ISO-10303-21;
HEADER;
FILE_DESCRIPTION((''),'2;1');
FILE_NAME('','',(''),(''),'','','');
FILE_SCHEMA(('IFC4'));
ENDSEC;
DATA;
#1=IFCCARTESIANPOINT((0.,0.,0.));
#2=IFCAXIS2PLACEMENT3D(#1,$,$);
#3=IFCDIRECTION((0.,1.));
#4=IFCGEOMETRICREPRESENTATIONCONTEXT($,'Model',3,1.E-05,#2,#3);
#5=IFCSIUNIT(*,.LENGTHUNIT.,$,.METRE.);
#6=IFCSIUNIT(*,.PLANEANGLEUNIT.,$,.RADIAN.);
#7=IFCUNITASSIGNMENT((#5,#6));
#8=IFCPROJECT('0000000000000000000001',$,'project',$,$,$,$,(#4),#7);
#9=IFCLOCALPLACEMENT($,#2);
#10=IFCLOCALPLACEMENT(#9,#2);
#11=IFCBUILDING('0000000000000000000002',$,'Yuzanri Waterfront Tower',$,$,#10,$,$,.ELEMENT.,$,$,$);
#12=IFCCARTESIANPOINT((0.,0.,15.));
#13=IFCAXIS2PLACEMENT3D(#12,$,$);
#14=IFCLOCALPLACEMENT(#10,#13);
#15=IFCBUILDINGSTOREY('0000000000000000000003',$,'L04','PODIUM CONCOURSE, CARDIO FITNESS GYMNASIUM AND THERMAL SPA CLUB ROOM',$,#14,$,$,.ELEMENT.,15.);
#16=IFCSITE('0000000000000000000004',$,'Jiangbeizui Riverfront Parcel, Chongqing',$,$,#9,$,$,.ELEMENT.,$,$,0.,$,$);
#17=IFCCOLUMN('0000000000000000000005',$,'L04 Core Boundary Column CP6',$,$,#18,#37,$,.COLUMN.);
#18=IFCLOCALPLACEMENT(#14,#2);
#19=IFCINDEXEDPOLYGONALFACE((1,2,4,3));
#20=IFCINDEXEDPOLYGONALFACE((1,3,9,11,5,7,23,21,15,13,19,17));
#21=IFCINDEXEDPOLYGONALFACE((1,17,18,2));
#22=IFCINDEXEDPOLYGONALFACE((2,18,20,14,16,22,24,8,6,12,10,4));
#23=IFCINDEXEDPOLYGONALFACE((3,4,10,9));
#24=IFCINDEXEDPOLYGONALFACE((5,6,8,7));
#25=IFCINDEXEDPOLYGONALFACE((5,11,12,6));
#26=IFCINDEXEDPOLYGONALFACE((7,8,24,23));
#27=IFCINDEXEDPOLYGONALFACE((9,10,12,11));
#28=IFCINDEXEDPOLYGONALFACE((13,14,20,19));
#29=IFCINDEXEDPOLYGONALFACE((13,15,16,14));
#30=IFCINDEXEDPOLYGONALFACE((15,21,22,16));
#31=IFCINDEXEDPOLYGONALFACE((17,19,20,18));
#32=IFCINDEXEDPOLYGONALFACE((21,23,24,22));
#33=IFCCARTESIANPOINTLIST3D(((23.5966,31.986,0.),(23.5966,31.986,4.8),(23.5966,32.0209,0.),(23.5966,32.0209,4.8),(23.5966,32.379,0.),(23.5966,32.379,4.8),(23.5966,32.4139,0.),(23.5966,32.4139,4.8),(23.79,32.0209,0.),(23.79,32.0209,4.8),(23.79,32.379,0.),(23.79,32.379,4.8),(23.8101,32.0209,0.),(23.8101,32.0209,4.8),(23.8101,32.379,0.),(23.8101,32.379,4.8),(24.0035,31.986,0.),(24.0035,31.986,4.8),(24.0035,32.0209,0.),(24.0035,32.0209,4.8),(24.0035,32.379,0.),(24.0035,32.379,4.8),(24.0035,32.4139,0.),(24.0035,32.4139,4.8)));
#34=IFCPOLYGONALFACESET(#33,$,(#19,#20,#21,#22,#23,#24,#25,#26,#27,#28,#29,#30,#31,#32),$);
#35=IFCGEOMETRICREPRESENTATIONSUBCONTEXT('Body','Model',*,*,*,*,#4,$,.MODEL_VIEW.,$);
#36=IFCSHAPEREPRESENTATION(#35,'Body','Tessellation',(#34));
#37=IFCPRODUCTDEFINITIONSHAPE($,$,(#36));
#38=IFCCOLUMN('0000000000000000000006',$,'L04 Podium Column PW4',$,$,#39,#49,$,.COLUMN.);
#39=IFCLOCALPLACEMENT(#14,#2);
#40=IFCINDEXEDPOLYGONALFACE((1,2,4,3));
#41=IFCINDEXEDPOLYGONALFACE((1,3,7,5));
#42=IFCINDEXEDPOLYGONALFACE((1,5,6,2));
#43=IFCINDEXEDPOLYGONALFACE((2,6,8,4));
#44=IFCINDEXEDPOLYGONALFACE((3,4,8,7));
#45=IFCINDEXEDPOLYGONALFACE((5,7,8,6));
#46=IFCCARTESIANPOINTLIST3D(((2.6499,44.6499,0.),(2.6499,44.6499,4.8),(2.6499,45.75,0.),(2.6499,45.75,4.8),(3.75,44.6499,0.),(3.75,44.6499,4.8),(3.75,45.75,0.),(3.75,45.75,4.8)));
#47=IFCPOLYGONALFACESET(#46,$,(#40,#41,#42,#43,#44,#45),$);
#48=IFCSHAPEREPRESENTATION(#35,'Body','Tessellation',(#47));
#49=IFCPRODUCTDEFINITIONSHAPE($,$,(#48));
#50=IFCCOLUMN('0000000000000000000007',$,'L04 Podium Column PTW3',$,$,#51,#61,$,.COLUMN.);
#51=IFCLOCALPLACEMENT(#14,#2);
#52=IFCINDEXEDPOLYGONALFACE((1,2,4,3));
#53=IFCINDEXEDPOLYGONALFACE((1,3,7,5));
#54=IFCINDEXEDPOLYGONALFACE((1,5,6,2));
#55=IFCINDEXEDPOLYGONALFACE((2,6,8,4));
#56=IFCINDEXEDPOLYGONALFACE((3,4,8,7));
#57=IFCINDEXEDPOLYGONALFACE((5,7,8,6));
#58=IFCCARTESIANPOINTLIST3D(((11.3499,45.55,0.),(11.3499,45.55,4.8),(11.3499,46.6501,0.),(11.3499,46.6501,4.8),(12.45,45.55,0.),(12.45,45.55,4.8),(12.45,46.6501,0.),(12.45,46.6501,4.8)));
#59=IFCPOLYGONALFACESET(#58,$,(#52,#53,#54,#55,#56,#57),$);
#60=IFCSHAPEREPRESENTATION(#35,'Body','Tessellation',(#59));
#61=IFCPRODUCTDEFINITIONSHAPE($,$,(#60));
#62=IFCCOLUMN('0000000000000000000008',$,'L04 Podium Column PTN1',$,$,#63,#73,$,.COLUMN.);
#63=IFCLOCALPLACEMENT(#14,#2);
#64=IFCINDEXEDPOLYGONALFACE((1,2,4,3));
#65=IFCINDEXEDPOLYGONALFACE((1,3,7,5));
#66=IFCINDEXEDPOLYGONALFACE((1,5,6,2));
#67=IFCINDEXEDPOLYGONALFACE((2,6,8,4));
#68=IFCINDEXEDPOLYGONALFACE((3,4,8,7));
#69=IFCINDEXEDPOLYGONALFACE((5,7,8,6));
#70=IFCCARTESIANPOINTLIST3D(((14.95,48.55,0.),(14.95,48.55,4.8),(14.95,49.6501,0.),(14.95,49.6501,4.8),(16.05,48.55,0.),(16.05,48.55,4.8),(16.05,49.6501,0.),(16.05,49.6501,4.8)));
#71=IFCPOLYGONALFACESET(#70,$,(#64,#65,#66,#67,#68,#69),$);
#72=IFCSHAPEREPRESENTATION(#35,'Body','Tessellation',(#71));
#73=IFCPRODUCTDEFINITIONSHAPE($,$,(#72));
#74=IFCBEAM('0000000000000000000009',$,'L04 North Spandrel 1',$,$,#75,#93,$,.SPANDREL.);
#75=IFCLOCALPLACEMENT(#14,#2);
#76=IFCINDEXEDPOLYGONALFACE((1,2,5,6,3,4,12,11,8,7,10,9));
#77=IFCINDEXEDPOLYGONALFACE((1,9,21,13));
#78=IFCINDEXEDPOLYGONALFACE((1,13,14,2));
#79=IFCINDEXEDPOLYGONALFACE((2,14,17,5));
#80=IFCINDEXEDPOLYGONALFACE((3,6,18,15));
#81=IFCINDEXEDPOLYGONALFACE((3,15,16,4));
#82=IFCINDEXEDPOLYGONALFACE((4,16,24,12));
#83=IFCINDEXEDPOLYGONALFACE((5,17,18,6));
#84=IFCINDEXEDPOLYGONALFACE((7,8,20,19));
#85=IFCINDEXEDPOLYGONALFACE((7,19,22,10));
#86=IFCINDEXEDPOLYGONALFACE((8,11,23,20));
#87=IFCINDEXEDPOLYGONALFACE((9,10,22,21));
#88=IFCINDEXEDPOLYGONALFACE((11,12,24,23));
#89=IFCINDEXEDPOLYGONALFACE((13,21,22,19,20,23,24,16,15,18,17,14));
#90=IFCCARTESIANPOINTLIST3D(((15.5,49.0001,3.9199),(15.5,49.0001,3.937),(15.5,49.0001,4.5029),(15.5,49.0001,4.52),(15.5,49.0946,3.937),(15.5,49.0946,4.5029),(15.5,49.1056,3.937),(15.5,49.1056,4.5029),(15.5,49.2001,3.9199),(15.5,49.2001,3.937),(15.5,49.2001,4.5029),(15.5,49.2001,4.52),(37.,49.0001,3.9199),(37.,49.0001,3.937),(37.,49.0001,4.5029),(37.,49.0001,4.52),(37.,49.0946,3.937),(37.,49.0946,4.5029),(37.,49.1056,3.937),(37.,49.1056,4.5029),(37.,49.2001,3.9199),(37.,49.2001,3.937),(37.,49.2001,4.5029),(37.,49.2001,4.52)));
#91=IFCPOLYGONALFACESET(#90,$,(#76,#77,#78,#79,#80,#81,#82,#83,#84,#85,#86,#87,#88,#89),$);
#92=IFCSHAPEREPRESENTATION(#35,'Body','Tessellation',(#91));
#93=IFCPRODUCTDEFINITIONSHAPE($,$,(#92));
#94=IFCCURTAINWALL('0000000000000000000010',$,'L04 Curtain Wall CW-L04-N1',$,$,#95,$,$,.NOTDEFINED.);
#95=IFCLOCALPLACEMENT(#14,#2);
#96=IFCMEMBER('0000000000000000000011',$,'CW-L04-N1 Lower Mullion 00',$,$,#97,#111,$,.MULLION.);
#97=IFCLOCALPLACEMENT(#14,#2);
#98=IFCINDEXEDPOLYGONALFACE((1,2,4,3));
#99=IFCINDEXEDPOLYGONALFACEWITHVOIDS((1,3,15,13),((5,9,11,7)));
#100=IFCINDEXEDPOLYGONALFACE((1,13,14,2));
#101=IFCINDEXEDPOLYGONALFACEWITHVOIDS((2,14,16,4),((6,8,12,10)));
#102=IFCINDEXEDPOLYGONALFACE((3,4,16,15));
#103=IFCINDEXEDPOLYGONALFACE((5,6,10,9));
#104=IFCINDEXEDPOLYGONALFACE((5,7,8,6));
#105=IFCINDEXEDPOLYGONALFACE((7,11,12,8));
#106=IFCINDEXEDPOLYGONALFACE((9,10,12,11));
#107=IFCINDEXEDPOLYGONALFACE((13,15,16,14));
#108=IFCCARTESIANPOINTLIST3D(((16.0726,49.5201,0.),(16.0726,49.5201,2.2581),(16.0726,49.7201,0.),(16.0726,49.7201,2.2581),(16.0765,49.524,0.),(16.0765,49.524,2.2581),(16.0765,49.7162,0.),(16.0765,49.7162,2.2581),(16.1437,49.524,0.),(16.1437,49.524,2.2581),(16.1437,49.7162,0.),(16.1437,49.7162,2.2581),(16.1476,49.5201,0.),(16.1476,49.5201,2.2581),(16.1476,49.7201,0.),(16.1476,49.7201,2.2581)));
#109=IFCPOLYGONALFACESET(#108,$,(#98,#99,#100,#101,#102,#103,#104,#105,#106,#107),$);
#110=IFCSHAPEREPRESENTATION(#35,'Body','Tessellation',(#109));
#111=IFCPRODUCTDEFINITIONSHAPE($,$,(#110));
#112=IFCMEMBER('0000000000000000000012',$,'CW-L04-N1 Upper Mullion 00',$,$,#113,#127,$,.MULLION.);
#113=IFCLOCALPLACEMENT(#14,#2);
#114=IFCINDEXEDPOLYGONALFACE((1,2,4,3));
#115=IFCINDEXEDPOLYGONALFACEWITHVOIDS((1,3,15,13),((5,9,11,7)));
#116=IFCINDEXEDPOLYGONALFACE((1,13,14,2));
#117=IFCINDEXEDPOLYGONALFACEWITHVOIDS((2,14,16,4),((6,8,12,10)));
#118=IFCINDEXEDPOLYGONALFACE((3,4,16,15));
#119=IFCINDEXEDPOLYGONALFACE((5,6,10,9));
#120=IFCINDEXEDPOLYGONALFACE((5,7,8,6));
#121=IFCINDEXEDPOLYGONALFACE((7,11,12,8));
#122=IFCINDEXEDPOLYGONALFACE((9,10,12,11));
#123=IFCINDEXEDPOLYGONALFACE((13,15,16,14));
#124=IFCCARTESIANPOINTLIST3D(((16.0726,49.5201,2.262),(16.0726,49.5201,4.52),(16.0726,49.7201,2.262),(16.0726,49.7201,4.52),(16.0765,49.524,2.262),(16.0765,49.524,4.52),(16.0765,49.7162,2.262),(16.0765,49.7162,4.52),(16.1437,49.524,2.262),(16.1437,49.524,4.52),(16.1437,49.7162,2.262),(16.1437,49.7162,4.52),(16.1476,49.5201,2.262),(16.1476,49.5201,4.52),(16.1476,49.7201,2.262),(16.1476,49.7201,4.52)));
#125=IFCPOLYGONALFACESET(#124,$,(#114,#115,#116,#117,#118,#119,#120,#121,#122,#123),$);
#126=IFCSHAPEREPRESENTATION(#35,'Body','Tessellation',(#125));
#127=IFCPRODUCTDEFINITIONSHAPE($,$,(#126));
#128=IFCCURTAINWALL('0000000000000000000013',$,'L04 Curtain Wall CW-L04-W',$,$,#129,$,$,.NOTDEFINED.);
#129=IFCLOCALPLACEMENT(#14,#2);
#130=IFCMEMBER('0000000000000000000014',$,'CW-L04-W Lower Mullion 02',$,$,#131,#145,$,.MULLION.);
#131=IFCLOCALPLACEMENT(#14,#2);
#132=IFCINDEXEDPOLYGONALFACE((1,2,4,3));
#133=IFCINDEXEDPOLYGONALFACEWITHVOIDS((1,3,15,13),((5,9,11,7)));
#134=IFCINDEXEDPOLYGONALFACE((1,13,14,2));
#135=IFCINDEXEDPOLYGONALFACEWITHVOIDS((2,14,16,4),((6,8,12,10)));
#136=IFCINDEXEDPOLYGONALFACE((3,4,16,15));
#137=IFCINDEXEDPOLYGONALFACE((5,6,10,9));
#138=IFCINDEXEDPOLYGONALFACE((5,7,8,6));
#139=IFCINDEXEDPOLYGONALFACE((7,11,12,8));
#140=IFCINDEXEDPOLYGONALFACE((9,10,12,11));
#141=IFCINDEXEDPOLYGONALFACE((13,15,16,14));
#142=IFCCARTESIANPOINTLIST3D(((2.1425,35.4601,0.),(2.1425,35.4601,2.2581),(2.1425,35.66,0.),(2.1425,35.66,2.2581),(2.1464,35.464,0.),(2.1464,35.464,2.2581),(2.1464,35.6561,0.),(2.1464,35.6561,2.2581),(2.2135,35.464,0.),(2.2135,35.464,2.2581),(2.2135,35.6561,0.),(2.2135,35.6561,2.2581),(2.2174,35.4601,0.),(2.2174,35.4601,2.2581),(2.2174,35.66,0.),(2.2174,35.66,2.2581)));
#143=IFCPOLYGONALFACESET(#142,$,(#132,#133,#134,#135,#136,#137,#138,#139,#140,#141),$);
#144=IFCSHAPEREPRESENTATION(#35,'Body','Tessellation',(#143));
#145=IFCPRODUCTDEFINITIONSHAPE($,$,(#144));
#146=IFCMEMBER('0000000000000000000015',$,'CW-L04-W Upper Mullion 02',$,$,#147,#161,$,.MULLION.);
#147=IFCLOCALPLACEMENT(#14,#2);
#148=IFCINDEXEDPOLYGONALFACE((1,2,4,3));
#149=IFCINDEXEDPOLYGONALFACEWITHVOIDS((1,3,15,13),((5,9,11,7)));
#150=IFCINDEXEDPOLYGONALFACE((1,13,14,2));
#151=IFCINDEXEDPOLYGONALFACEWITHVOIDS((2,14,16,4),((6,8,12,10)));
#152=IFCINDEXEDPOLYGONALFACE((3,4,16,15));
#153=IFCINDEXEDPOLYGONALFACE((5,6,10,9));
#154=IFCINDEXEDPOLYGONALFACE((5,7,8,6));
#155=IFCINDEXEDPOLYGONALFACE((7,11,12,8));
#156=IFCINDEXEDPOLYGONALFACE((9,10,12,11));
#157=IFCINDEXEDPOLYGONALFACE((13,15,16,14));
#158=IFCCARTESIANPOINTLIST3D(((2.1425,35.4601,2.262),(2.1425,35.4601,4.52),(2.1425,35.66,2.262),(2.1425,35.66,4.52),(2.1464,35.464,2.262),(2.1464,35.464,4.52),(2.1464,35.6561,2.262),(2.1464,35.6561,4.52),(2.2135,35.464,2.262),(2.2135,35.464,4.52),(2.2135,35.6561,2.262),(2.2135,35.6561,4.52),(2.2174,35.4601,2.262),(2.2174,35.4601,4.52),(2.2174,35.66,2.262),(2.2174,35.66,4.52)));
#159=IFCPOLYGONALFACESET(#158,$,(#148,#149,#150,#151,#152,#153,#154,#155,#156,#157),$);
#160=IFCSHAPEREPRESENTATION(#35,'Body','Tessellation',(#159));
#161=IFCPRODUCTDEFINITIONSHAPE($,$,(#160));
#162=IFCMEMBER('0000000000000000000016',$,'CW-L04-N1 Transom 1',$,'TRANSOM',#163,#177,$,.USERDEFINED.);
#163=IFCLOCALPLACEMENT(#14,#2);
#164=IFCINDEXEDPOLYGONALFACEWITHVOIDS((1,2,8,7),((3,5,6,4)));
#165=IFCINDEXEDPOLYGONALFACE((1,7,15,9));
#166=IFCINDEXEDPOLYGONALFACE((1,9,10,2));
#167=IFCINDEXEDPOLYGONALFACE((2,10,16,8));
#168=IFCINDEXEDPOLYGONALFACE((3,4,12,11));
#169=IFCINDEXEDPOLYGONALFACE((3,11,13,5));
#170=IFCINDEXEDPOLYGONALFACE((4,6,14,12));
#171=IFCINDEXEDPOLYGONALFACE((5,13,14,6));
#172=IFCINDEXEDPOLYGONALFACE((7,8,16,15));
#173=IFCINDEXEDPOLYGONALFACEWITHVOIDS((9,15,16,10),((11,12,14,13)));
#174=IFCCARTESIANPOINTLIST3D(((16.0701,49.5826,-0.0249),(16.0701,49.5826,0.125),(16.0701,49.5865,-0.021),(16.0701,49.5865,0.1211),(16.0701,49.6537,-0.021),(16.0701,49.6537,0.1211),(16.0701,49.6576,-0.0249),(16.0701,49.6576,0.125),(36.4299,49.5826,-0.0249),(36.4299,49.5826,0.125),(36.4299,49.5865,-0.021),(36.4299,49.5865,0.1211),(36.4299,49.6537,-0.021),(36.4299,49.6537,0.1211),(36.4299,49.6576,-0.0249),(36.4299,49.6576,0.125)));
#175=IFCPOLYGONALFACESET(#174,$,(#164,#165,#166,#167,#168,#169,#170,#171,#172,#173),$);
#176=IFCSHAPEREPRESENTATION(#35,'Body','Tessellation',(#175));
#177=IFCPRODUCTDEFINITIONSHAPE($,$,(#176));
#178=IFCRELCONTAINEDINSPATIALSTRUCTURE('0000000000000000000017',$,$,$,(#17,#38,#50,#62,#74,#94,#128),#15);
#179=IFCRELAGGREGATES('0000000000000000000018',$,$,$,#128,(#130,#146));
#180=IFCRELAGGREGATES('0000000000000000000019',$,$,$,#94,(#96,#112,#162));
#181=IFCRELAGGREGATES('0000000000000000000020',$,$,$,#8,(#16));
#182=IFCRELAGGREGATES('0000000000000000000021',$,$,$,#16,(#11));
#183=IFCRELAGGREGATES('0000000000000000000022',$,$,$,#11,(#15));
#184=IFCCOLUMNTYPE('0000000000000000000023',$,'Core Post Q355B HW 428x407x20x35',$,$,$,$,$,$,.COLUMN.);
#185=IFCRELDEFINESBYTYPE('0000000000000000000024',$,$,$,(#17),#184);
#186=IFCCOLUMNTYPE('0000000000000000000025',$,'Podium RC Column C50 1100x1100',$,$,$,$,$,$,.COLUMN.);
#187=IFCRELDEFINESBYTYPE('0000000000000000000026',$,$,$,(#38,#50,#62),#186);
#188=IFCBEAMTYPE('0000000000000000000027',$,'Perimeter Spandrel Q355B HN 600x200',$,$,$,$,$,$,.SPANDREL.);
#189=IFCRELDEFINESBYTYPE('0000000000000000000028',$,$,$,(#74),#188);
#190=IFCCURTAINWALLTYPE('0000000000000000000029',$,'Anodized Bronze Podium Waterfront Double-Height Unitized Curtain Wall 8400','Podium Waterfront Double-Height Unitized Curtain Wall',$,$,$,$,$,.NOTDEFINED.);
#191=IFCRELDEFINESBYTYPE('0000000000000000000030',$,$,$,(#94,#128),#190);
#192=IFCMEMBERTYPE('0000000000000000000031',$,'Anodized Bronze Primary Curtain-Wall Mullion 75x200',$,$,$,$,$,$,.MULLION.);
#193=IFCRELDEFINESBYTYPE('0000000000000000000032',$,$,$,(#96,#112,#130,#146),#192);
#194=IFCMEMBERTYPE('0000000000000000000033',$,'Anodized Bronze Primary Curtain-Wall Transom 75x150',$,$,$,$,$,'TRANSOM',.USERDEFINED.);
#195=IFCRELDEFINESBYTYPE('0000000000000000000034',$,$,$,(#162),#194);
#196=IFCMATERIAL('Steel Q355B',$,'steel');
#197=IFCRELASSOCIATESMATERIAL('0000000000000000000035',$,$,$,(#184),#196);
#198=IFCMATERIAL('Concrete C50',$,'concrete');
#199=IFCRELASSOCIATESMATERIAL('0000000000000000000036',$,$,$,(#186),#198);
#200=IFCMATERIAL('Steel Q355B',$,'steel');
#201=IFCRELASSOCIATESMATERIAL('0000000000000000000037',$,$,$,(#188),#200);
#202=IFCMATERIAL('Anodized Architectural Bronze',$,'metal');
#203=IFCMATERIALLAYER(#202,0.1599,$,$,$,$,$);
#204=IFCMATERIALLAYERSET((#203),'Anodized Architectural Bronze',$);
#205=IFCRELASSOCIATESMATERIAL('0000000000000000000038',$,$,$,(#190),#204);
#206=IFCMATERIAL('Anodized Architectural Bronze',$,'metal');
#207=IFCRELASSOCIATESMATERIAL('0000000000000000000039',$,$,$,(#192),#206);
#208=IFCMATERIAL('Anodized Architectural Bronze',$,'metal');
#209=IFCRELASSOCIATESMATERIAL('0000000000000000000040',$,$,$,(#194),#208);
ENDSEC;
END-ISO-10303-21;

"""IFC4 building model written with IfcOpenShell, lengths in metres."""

from ifc_helpers import new_model, si_unit, direction, frame, origin, origin_2d, place, context, subcontext, project, spatial, rectangle, hollow_rectangle, i_section, extrude, source, transform, mapped, material, layer, layer_set, material_profile, profile_set, type_object, element, aggregate, save


model = new_model("IFC4")

# Units and contexts
model_context = context("Model", 3, precision=1e-05, world=origin(), true_north=direction((0.0, 1.0)))
body_context = subcontext(model_context, "Body", "Model", "MODEL_VIEW")
ifc_project = project(units=[si_unit("LENGTHUNIT", "METRE"), si_unit("PLANEANGLEUNIT", "RADIAN")], contexts=[model_context])

# Site, building, storey
site_placement = place(None, origin())
site = spatial("IfcSite", under=ifc_project, at=site_placement, Name="Jiangbeizui Riverfront Parcel, Chongqing", CompositionType="ELEMENT", RefElevation=0.0)
building_placement = place(site_placement, origin())
building = spatial("IfcBuilding", under=site, at=building_placement, Name="Yuzanri Waterfront Tower", CompositionType="ELEMENT")
storey_placement = place(building_placement, frame((0.0, 0.0, 15.0)))
storey = spatial("IfcBuildingStorey", under=building, at=storey_placement, Name="L04", Description="PODIUM CONCOURSE, CARDIO FITNESS GYMNASIUM AND THERMAL SPA CLUB ROOM", CompositionType="ELEMENT", Elevation=15.0)

# Columns
ifc_material_1 = material(Name="Steel Q355B", Category="steel")
ifc_material_profile_1 = material_profile(ifc_material_1, i_section(OverallWidth=0.407, OverallDepth=0.428, WebThickness=0.02, FlangeThickness=0.0349, at=origin_2d()), Name="HW 428x407x20x35")
ifc_profile_set_1 = profile_set([ifc_material_profile_1], Name="Steel Q355B")
column_type_1 = type_object("IfcColumnType", Name="Core Post Q355B HW 428x407x20x35", PredefinedType="COLUMN", material=ifc_profile_set_1)
shared_shape_1 = source(origin(), body_context, "Body", "SweptSolid", [
    extrude(i_section(OverallWidth=0.407, OverallDepth=0.428, WebThickness=0.02, FlangeThickness=0.0349, at=origin_2d()), origin(), (0.0, 0.0, 1.0), 4.8),
])
column_placement = place(storey_placement, frame((23.8, 32.2, 0.0), z_axis=(0.0, 0.0, 1.0), x_axis=(1.0, 0.0, 0.0)))
element("IfcColumn", 1, at=column_placement, inside=storey, type_object=column_type_1, Name="L04 Core Boundary Column CP6", PredefinedType="COLUMN", context=body_context, shape_type="MappedRepresentation", body=[
    mapped(shared_shape_1, transform((0.0, 0.0, 0.0), scale=1.0)),
])
ifc_material_2 = material(Name="Concrete C50", Category="concrete")
ifc_material_profile_2 = material_profile(ifc_material_2, rectangle(XDim=1.1001, YDim=1.1001, at=origin_2d()), Name="RC 1100x1100")
ifc_profile_set_2 = profile_set([ifc_material_profile_2], Name="Concrete C50")
column_type_2 = type_object("IfcColumnType", Name="Podium RC Column C50 1100x1100", PredefinedType="COLUMN", material=ifc_profile_set_2)
shared_shape_2 = source(origin(), body_context, "Body", "SweptSolid", [
    extrude(rectangle(XDim=1.1001, YDim=1.1001, at=origin_2d()), origin(), (0.0, 0.0, 1.0), 4.8),
])
for number, where, z_axis, x_axis, name in (
    (2, (3.2, 45.2, 0.0), (0.0, 0.0, 1.0), (1.0, 0.0, 0.0), "L04 Podium Column PW4"),
    (3, (11.8999, 46.1001, 0.0), (0.0, 0.0, 1.0), (1.0, 0.0, 0.0), "L04 Podium Column PTW3"),
    (4, (15.5, 49.1001, 0.0), (0.0, 0.0, 1.0), (1.0, 0.0, 0.0), "L04 Podium Column PTN1"),
):
    element("IfcColumn", number, at=place(storey_placement, frame(where, z_axis=z_axis, x_axis=x_axis)), inside=storey, type_object=column_type_2, Name=name, PredefinedType="COLUMN", context=body_context, shape_type="MappedRepresentation", body=[
        mapped(shared_shape_2, transform((0.0, 0.0, 0.0), scale=1.0)),
    ])

# Beam
ifc_material_3 = material(Name="Steel Q355B", Category="steel")
ifc_material_profile_3 = material_profile(ifc_material_3, i_section(OverallWidth=0.2, OverallDepth=0.6001, WebThickness=0.011, FlangeThickness=0.0171, at=origin_2d()), Name="HN 600x200x11x17")
ifc_profile_set_3 = profile_set([ifc_material_profile_3], Name="Steel Q355B")
beam_type = type_object("IfcBeamType", Name="Perimeter Spandrel Q355B HN 600x200", PredefinedType="SPANDREL", material=ifc_profile_set_3)
shared_shape_3 = source(origin(), body_context, "Body", "SweptSolid", [
    extrude(i_section(OverallWidth=0.2, OverallDepth=0.6001, WebThickness=0.011, FlangeThickness=0.0171, at=origin_2d()), origin(), (0.0, 0.0, 1.0), 21.5),
])
beam_placement = place(storey_placement, frame((15.5, 49.1001, 4.22), z_axis=(1.0, 0.0, 0.0), x_axis=(0.0, 1.0, 0.0)))
element("IfcBeam", 5, at=beam_placement, inside=storey, type_object=beam_type, Name="L04 North Spandrel 1", PredefinedType="SPANDREL", context=body_context, shape_type="MappedRepresentation", body=[
    mapped(shared_shape_3, transform((0.0, 0.0, 0.0), scale=1.0)),
])

# Curtain walls, members
ifc_material_4 = material(Name="Anodized Architectural Bronze", Category="metal")
ifc_layer_1 = layer(ifc_material_4, 0.1599)
ifc_layer_set_1 = layer_set([ifc_layer_1], Name="Anodized Architectural Bronze")
curtain_wall_type = type_object("IfcCurtainWallType", Name="Anodized Bronze Podium Waterfront Double-Height Unitized Curtain Wall 8400", Description="Podium Waterfront Double-Height Unitized Curtain Wall", PredefinedType="NOTDEFINED", material=ifc_layer_set_1)
curtain_wall_1_placement = place(storey_placement, origin())
curtain_wall_1 = element("IfcCurtainWall", 6, at=curtain_wall_1_placement, inside=storey, type_object=curtain_wall_type, Name="L04 Curtain Wall CW-L04-N1", PredefinedType="NOTDEFINED")
ifc_material_5 = material(Name="Anodized Architectural Bronze", Category="metal")
ifc_material_profile_4 = material_profile(ifc_material_5, hollow_rectangle(XDim=0.075, YDim=0.2, WallThickness=0.0039, at=origin_2d()), Name="CWM 75x200")
ifc_profile_set_4 = profile_set([ifc_material_profile_4], Name="Anodized Architectural Bronze")
member_type_1 = type_object("IfcMemberType", Name="Anodized Bronze Primary Curtain-Wall Mullion 75x200", PredefinedType="MULLION", material=ifc_profile_set_4)
shared_shape_4 = source(origin(), body_context, "Body", "SweptSolid", [
    extrude(hollow_rectangle(XDim=0.075, YDim=0.2, WallThickness=0.0039, at=origin_2d()), origin(), (0.0, 0.0, 1.0), 2.2581),
])
member_1_placement = place(storey_placement, frame((16.1101, 49.6201, 0.0), z_axis=(0.0, 0.0, 1.0), x_axis=(1.0, 0.0, 0.0)))
member_1 = element("IfcMember", 7, at=member_1_placement, type_object=member_type_1, Name="CW-L04-N1 Lower Mullion 00", PredefinedType="MULLION", context=body_context, shape_type="MappedRepresentation", body=[
    mapped(shared_shape_4, transform((0.0, 0.0, 0.0), scale=1.0)),
])
member_2_placement = place(storey_placement, frame((16.1101, 49.6201, 2.262), z_axis=(0.0, 0.0, 1.0), x_axis=(1.0, 0.0, 0.0)))
member_2 = element("IfcMember", 8, at=member_2_placement, type_object=member_type_1, Name="CW-L04-N1 Upper Mullion 00", PredefinedType="MULLION", context=body_context, shape_type="MappedRepresentation", body=[
    mapped(shared_shape_4, transform((0.0, 0.0, 0.0), scale=1.0)),
])
curtain_wall_2_placement = place(storey_placement, origin())
curtain_wall_2 = element("IfcCurtainWall", 9, at=curtain_wall_2_placement, inside=storey, type_object=curtain_wall_type, Name="L04 Curtain Wall CW-L04-W", PredefinedType="NOTDEFINED")
member_3_placement = place(storey_placement, frame((2.1799, 35.5601, 0.0), z_axis=(0.0, 0.0, 1.0), x_axis=(1.0, 0.0, 0.0)))
member_3 = element("IfcMember", 10, at=member_3_placement, type_object=member_type_1, Name="CW-L04-W Lower Mullion 02", PredefinedType="MULLION", context=body_context, shape_type="MappedRepresentation", body=[
    mapped(shared_shape_4, transform((0.0, 0.0, 0.0), scale=1.0)),
])
member_4_placement = place(storey_placement, frame((2.1799, 35.5601, 2.262), z_axis=(0.0, 0.0, 1.0), x_axis=(1.0, 0.0, 0.0)))
member_4 = element("IfcMember", 11, at=member_4_placement, type_object=member_type_1, Name="CW-L04-W Upper Mullion 02", PredefinedType="MULLION", context=body_context, shape_type="MappedRepresentation", body=[
    mapped(shared_shape_4, transform((0.0, 0.0, 0.0), scale=1.0)),
])
aggregate(curtain_wall_2, [member_3, member_4])

# Member
ifc_material_6 = material(Name="Anodized Architectural Bronze", Category="metal")
ifc_material_profile_5 = material_profile(ifc_material_6, hollow_rectangle(XDim=0.075, YDim=0.1499, WallThickness=0.0039, at=origin_2d()), Name="CWT 75x150")
ifc_profile_set_5 = profile_set([ifc_material_profile_5], Name="Anodized Architectural Bronze")
member_type_2 = type_object("IfcMemberType", Name="Anodized Bronze Primary Curtain-Wall Transom 75x150", ElementType="TRANSOM", PredefinedType="USERDEFINED", material=ifc_profile_set_5)
shared_shape_5 = source(origin(), body_context, "Body", "SweptSolid", [
    extrude(hollow_rectangle(XDim=0.075, YDim=0.1499, WallThickness=0.0039, at=origin_2d()), origin(), (0.0, 0.0, 1.0), 20.3599),
])
member_5_placement = place(storey_placement, frame((16.0701, 49.6201, 0.05), z_axis=(1.0, 0.0, 0.0), x_axis=(0.0, 1.0, 0.0)))
member_5 = element("IfcMember", 12, at=member_5_placement, type_object=member_type_2, Name="CW-L04-N1 Transom 1", ObjectType="TRANSOM", PredefinedType="USERDEFINED", context=body_context, shape_type="MappedRepresentation", body=[
    mapped(shared_shape_5, transform((0.0, 0.0, 0.0), scale=1.0)),
])

aggregate(curtain_wall_1, [member_1, member_2, member_5])

save(model, "model.ifc")
